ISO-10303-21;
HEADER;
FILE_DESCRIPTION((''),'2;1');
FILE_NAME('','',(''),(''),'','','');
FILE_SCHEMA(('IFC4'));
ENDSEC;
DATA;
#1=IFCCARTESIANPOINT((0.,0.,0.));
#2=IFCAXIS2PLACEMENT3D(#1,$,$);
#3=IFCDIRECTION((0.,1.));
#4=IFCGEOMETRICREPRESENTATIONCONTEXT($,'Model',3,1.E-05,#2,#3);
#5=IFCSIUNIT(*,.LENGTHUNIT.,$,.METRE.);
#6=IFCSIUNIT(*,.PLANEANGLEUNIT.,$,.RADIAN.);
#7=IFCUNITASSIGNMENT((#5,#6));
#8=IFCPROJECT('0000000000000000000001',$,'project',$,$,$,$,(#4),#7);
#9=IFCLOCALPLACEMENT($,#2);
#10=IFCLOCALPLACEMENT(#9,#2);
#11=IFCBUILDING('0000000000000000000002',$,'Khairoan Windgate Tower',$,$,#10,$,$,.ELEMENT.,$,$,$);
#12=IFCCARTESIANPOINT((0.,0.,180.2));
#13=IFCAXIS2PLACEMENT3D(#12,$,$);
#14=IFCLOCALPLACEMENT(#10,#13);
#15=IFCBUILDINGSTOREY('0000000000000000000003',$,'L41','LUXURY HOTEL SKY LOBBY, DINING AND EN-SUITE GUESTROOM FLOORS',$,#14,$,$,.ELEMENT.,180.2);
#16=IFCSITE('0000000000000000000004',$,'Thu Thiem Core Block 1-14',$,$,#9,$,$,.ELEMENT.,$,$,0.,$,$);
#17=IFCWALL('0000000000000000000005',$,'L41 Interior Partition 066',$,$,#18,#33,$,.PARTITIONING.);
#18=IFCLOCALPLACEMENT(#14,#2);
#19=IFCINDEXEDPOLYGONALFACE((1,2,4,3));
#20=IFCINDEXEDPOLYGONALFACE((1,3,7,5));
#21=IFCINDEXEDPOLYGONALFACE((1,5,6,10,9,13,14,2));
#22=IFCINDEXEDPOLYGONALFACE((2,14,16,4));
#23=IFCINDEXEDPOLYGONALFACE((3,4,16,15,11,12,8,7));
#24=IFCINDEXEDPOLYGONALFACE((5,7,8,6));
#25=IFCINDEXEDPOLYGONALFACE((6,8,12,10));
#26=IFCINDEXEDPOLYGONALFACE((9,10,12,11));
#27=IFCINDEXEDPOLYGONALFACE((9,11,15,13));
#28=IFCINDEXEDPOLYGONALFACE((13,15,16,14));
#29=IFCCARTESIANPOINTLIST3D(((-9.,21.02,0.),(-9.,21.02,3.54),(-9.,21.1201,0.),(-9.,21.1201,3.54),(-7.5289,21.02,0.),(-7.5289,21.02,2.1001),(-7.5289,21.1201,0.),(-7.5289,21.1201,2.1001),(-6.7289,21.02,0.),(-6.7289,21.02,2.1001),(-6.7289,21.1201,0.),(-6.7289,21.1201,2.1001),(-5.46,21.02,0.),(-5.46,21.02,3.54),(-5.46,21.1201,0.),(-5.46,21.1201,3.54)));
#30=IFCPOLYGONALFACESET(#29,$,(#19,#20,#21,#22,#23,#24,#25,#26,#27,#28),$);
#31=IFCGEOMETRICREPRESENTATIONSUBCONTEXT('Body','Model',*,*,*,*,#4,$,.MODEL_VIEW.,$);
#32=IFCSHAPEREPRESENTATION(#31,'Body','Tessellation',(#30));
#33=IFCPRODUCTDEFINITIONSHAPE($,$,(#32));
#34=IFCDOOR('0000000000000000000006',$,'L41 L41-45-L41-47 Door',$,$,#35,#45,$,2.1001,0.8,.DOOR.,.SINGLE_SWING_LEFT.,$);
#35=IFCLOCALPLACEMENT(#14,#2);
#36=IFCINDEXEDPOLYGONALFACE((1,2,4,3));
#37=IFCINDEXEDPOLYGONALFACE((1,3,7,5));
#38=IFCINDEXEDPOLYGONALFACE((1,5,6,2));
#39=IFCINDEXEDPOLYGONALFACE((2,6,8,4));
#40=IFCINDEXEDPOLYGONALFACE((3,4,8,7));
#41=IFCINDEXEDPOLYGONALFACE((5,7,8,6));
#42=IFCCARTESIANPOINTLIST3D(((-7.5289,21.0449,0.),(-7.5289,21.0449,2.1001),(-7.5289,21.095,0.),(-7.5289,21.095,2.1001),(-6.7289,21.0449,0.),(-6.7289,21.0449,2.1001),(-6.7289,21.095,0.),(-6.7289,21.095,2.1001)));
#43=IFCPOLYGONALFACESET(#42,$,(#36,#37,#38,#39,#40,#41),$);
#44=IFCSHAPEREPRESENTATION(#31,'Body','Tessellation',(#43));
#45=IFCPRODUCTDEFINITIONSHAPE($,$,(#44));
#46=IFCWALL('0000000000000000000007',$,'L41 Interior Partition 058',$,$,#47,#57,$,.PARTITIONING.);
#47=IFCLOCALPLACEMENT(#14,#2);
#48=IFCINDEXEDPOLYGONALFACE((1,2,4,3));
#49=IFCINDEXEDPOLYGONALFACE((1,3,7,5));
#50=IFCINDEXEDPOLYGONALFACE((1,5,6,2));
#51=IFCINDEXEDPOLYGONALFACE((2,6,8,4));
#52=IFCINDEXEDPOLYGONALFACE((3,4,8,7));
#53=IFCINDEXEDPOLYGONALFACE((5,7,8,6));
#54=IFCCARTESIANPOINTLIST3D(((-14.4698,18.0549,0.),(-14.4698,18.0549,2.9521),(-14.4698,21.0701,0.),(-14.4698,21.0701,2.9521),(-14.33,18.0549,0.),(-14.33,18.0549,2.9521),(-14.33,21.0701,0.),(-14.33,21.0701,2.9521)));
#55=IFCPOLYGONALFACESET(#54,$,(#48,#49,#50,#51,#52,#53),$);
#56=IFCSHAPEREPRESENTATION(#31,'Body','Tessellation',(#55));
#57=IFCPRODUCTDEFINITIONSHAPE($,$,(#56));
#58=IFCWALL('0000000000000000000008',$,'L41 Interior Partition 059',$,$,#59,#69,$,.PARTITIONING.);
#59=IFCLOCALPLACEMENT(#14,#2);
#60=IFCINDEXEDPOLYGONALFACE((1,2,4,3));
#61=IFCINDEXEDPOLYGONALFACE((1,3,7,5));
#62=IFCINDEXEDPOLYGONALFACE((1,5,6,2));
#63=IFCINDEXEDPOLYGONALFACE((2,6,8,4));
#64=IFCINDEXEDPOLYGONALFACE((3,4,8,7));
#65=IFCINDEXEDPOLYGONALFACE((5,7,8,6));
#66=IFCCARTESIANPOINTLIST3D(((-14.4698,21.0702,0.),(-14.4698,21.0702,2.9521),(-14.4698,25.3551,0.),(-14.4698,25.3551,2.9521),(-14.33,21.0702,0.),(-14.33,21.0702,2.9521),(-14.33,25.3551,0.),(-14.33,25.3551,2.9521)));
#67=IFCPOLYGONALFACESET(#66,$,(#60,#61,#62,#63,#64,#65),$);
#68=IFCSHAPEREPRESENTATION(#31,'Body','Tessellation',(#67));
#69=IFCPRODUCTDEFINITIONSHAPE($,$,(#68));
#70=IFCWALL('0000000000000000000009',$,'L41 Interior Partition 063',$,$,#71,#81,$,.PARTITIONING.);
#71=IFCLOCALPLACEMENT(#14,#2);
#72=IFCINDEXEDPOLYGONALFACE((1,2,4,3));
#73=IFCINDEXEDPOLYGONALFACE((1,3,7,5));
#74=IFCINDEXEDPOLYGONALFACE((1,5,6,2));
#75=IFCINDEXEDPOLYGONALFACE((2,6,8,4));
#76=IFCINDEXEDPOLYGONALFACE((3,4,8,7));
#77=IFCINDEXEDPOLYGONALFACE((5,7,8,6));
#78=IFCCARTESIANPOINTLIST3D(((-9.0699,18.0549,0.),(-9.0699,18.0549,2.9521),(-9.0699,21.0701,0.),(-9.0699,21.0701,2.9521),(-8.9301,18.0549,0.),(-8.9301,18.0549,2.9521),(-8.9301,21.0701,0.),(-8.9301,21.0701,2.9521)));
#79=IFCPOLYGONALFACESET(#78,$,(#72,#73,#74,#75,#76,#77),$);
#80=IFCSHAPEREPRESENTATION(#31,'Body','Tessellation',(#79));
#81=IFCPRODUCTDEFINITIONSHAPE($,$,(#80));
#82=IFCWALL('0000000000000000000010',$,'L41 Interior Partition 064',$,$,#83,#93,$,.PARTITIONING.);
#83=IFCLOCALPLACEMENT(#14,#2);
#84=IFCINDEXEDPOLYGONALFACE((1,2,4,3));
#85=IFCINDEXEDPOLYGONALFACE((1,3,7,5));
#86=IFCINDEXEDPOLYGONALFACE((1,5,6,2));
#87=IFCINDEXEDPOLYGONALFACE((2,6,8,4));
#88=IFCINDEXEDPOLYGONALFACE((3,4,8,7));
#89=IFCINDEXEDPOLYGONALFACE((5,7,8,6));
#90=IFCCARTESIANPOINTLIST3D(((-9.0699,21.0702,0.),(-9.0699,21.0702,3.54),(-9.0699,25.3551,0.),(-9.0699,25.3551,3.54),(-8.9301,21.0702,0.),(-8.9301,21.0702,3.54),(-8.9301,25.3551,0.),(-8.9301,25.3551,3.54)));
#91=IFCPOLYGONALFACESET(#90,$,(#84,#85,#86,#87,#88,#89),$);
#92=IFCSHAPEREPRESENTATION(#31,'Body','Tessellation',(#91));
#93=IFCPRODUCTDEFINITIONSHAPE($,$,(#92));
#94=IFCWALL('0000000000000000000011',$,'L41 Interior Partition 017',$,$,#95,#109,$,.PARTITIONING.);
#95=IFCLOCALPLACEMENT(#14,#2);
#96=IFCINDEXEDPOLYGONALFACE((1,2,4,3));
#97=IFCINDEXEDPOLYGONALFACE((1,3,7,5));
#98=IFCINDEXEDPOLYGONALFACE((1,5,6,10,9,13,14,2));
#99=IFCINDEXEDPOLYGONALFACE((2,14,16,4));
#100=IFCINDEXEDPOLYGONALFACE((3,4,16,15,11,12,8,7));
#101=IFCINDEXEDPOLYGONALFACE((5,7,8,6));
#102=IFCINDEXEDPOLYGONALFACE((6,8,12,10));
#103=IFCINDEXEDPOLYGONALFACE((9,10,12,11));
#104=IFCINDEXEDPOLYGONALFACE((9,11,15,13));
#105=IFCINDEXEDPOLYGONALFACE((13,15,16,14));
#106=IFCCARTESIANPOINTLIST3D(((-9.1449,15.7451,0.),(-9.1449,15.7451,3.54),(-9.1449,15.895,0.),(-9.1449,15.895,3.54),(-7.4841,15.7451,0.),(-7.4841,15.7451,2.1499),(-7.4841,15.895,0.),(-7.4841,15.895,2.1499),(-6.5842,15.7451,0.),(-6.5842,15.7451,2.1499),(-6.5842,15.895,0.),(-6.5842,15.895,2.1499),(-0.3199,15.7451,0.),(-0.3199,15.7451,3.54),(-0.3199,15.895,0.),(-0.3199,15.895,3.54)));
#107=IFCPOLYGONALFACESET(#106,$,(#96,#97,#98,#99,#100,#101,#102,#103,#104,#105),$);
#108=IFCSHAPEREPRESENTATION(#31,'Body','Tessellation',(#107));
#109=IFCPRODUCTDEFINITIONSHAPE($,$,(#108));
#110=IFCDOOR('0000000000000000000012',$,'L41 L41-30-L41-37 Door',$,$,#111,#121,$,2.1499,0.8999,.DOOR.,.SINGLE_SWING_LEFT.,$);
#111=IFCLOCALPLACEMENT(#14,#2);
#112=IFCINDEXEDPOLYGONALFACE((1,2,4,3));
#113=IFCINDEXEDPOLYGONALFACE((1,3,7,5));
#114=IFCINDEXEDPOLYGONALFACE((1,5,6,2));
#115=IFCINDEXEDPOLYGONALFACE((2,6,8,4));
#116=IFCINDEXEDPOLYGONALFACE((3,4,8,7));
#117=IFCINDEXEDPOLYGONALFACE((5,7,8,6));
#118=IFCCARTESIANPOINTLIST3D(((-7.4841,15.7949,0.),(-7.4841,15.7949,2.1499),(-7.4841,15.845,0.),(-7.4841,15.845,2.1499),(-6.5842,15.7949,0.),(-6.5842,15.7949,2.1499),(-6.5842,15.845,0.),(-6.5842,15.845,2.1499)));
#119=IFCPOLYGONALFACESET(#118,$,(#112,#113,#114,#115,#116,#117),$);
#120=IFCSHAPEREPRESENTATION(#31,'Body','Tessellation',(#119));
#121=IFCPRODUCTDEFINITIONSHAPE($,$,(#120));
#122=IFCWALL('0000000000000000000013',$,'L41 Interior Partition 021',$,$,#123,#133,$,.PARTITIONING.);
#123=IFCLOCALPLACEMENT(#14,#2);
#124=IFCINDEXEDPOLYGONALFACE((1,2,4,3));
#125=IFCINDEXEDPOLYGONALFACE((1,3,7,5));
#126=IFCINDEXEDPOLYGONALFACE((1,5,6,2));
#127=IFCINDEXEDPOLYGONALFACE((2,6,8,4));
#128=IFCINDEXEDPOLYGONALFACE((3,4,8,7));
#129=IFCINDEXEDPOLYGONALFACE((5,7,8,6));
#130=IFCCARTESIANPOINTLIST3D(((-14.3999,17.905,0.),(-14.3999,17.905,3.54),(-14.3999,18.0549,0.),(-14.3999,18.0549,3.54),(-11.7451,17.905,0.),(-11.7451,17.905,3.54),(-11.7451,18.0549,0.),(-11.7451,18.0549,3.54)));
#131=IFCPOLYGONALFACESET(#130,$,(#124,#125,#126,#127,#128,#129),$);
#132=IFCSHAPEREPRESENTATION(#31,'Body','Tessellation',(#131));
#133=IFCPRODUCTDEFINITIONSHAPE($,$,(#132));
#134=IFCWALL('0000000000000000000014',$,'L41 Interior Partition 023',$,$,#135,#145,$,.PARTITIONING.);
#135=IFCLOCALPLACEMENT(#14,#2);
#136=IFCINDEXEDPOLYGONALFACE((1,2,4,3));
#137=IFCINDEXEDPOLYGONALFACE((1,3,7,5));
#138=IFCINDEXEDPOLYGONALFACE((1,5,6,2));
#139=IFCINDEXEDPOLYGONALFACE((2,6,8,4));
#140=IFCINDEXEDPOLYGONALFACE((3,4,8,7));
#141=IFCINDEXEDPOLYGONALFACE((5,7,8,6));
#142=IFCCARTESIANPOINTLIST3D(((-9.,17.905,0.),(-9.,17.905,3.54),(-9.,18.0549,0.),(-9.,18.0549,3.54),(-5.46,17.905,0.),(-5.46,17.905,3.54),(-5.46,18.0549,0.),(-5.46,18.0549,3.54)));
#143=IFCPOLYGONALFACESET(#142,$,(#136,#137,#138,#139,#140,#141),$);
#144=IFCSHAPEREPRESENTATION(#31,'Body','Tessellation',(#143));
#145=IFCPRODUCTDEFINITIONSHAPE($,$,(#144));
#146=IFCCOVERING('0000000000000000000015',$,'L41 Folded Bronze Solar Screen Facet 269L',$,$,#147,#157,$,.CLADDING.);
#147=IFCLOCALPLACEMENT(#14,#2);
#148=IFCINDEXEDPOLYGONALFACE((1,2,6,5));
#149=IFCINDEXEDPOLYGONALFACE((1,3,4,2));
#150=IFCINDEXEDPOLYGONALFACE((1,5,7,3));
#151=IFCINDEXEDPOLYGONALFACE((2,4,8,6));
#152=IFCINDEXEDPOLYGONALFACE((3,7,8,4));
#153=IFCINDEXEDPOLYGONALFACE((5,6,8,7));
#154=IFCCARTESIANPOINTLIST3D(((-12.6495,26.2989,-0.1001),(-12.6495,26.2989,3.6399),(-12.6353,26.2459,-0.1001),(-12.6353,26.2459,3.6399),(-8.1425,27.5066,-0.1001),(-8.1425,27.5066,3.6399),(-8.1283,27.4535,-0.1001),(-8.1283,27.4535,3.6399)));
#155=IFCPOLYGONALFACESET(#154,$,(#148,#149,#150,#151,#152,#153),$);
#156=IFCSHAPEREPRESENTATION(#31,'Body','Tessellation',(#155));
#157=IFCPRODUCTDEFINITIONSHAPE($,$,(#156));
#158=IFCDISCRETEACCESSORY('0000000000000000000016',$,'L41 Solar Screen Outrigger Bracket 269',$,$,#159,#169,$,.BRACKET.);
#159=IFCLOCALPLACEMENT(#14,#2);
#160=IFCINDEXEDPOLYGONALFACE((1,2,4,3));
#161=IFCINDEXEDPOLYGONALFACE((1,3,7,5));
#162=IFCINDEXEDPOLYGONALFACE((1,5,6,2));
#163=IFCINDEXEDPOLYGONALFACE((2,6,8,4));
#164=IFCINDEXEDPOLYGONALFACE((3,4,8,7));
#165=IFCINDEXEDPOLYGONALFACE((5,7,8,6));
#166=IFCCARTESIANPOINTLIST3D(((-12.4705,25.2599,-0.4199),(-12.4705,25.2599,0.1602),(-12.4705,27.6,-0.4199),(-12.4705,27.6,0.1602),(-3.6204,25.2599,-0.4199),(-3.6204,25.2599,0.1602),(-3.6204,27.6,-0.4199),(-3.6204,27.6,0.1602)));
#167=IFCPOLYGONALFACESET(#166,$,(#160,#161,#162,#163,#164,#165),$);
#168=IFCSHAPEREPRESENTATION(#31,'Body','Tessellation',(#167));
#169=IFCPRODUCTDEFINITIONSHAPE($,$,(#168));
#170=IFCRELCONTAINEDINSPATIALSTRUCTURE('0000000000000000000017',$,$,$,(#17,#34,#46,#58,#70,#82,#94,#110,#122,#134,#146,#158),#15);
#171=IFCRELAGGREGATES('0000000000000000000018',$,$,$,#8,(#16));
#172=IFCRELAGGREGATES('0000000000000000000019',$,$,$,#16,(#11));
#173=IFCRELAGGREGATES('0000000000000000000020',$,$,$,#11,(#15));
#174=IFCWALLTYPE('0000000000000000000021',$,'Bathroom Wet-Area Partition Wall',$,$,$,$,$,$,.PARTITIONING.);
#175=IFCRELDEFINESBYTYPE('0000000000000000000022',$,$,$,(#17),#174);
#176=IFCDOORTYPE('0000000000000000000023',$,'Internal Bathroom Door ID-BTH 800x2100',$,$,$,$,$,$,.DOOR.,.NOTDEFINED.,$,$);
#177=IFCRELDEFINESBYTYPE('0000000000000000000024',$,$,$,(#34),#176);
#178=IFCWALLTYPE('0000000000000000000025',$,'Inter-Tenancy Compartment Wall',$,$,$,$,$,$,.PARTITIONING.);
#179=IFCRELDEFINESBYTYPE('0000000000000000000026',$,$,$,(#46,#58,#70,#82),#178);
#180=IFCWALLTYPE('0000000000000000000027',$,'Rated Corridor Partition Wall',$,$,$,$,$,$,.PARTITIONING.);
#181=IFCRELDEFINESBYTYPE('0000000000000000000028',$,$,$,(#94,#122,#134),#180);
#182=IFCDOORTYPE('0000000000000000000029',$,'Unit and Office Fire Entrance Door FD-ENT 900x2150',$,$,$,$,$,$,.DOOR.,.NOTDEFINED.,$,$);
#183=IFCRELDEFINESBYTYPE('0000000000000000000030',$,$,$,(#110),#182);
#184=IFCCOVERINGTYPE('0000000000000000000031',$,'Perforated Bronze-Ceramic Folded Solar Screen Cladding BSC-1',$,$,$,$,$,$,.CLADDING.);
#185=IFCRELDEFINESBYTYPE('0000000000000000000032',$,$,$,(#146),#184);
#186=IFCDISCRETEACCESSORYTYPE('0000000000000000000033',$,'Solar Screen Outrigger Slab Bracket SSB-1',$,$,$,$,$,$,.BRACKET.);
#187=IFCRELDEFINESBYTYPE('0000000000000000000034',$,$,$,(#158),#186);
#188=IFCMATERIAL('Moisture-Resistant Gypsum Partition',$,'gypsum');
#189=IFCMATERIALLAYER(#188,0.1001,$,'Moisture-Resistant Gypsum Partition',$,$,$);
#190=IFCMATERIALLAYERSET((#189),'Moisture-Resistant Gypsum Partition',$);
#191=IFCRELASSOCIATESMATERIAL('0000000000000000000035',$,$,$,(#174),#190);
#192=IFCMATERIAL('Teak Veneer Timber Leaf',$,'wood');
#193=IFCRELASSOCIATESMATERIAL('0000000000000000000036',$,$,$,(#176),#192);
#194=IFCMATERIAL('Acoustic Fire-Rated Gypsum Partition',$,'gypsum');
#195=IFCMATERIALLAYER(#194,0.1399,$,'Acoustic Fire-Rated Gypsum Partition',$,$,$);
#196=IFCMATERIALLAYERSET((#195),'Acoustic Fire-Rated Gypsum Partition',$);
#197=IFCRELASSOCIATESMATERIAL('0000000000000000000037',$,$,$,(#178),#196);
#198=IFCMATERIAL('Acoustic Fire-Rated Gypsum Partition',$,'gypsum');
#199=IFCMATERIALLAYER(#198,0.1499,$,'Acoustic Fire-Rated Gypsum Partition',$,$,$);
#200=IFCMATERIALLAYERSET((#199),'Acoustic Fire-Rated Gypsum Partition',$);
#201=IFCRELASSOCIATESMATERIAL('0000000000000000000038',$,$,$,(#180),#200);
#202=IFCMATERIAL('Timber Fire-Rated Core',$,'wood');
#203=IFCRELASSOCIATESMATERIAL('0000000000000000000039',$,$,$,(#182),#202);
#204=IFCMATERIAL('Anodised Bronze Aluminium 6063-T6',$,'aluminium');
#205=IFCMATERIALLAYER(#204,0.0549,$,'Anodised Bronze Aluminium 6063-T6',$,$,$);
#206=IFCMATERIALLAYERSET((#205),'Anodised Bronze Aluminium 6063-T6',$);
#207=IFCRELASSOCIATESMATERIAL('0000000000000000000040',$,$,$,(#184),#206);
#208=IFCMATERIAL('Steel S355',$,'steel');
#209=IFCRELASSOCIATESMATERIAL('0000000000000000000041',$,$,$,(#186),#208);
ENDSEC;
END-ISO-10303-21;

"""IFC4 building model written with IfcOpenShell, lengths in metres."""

from ifc_helpers import new_model, si_unit, direction, frame, frame_2d, origin, origin_2d, place, context, subcontext, project, spatial, rectangle, extrude, material, layer, layer_set, type_object, element, fill, save


model = new_model("IFC4")

# Units and contexts
model_context = context("Model", 3, precision=1e-05, world=origin(), true_north=direction((0.0, 1.0)))
body_context = subcontext(model_context, "Body", "Model", "MODEL_VIEW")
ifc_project = project(units=[si_unit("LENGTHUNIT", "METRE"), si_unit("PLANEANGLEUNIT", "RADIAN")], contexts=[model_context])

# Site, building, storey
site_placement = place(None, origin())
site = spatial("IfcSite", under=ifc_project, at=site_placement, Name="Thu Thiem Core Block 1-14", CompositionType="ELEMENT", RefElevation=0.0)
building_placement = place(site_placement, origin())
building = spatial("IfcBuilding", under=site, at=building_placement, Name="Khairoan Windgate Tower", CompositionType="ELEMENT")
storey_placement = place(building_placement, frame((0.0, 0.0, 180.2)))
storey = spatial("IfcBuildingStorey", under=building, at=storey_placement, Name="L41", Description="LUXURY HOTEL SKY LOBBY, DINING AND EN-SUITE GUESTROOM FLOORS", CompositionType="ELEMENT", Elevation=180.2)

# Wall, opening, door
ifc_material_1 = material(Name="Moisture-Resistant Gypsum Partition", Category="gypsum")
ifc_layer_1 = layer(ifc_material_1, 0.1001, Name="Moisture-Resistant Gypsum Partition")
ifc_layer_set_1 = layer_set([ifc_layer_1], Name="Moisture-Resistant Gypsum Partition")
wall_type_1 = type_object("IfcWallType", Name="Bathroom Wet-Area Partition Wall", PredefinedType="PARTITIONING", material=ifc_layer_set_1)
ifc_material_2 = material(Name="Teak Veneer Timber Leaf", Category="wood")
door_type_1 = type_object("IfcDoorType", Name="Internal Bathroom Door ID-BTH 800x2100", OperationType="NOTDEFINED", PredefinedType="DOOR", material=ifc_material_2)
wall_1_placement = place(storey_placement, frame((-9.0, 21.0701, 0.0), z_axis=(0.0, 0.0, 1.0), x_axis=(1.0, 0.0, 0.0)))
wall_1 = element("IfcWall", 1, at=wall_1_placement, inside=storey, type_object=wall_type_1, Name="L41 Interior Partition 066", PredefinedType="PARTITIONING", context=body_context, shape_type="SweptSolid", body=[
    extrude(rectangle(XDim=3.54, YDim=0.1001, at=frame_2d((1.77, 0.0))), origin(), (0.0, 0.0, 1.0), 3.54),
])
opening_1_placement = place(wall_1_placement, frame((1.4712, 0.0, 0.0)))
opening_1 = element("IfcOpeningElement", 2, at=opening_1_placement, cuts=wall_1, PredefinedType="OPENING", context=body_context, shape_type="SweptSolid", body=[
    extrude(rectangle(XDim=0.8, YDim=2.1001, at=frame_2d((0.3999, 1.05))), frame((0.0, 0.0601, 0.0), z_axis=(0.0, -1.0, 0.0), x_axis=(1.0, 0.0, 0.0)), (0.0, 0.0, 1.0), 0.1201),
])
door_1_placement = place(opening_1_placement, origin())
door_1 = element("IfcDoor", 3, at=door_1_placement, inside=storey, type_object=door_type_1, Name="L41 L41-45-L41-47 Door", OperationType="SINGLE_SWING_LEFT", OverallHeight=2.1001, OverallWidth=0.8, PredefinedType="DOOR", context=body_context, shape_type="SweptSolid", body=[
    extrude(rectangle(XDim=0.8, YDim=2.1001, at=frame_2d((0.3999, 1.05))), frame((0.0, 0.0249, 0.0), z_axis=(0.0, -1.0, 0.0), x_axis=(1.0, 0.0, 0.0)), (0.0, 0.0, 1.0), 0.05),
])
fill(opening_1, door_1)

# Walls
ifc_material_3 = material(Name="Acoustic Fire-Rated Gypsum Partition", Category="gypsum")
ifc_layer_2 = layer(ifc_material_3, 0.1399, Name="Acoustic Fire-Rated Gypsum Partition")
ifc_layer_set_2 = layer_set([ifc_layer_2], Name="Acoustic Fire-Rated Gypsum Partition")
wall_type_2 = type_object("IfcWallType", Name="Inter-Tenancy Compartment Wall", PredefinedType="PARTITIONING", material=ifc_layer_set_2)
wall_2_placement = place(storey_placement, frame((-14.3999, 18.0549, 0.0), z_axis=(0.0, 0.0, 1.0), x_axis=(0.0, 1.0, 0.0)))
element("IfcWall", 4, at=wall_2_placement, inside=storey, type_object=wall_type_2, Name="L41 Interior Partition 058", PredefinedType="PARTITIONING", context=body_context, shape_type="SweptSolid", body=[
    extrude(rectangle(XDim=3.0151, YDim=0.1399, at=frame_2d((1.5076, 0.0))), origin(), (0.0, 0.0, 1.0), 2.9521),
])
wall_3_placement = place(storey_placement, frame((-14.3999, 21.0701, 0.0), z_axis=(0.0, 0.0, 1.0), x_axis=(0.0, 1.0, 0.0)))
element("IfcWall", 5, at=wall_3_placement, inside=storey, type_object=wall_type_2, Name="L41 Interior Partition 059", PredefinedType="PARTITIONING", context=body_context, shape_type="SweptSolid", body=[
    extrude(rectangle(XDim=4.2849, YDim=0.1399, at=frame_2d((2.1426, 0.0))), origin(), (0.0, 0.0, 1.0), 2.9521),
])
wall_4_placement = place(storey_placement, frame((-9.0, 18.0549, 0.0), z_axis=(0.0, 0.0, 1.0), x_axis=(0.0, 1.0, 0.0)))
element("IfcWall", 6, at=wall_4_placement, inside=storey, type_object=wall_type_2, Name="L41 Interior Partition 063", PredefinedType="PARTITIONING", context=body_context, shape_type="SweptSolid", body=[
    extrude(rectangle(XDim=3.0151, YDim=0.1399, at=frame_2d((1.5076, 0.0))), origin(), (0.0, 0.0, 1.0), 2.9521),
])
wall_5_placement = place(storey_placement, frame((-9.0, 21.0701, 0.0), z_axis=(0.0, 0.0, 1.0), x_axis=(0.0, 1.0, 0.0)))
element("IfcWall", 7, at=wall_5_placement, inside=storey, type_object=wall_type_2, Name="L41 Interior Partition 064", PredefinedType="PARTITIONING", context=body_context, shape_type="SweptSolid", body=[
    extrude(rectangle(XDim=4.2849, YDim=0.1399, at=frame_2d((2.1426, 0.0))), origin(), (0.0, 0.0, 1.0), 3.54),
])

# Wall, opening, door
ifc_material_4 = material(Name="Acoustic Fire-Rated Gypsum Partition", Category="gypsum")
ifc_layer_3 = layer(ifc_material_4, 0.1499, Name="Acoustic Fire-Rated Gypsum Partition")
ifc_layer_set_3 = layer_set([ifc_layer_3], Name="Acoustic Fire-Rated Gypsum Partition")
wall_type_3 = type_object("IfcWallType", Name="Rated Corridor Partition Wall", PredefinedType="PARTITIONING", material=ifc_layer_set_3)
wall_6_placement = place(storey_placement, frame((-9.145, 15.8201, 0.0), z_axis=(0.0, 0.0, 1.0), x_axis=(1.0, 0.0, 0.0)))
wall_6 = element("IfcWall", 8, at=wall_6_placement, inside=storey, type_object=wall_type_3, Name="L41 Interior Partition 017", PredefinedType="PARTITIONING", context=body_context, shape_type="SweptSolid", body=[
    extrude(rectangle(XDim=8.825, YDim=0.1499, at=frame_2d((4.4126, 0.0))), origin(), (0.0, 0.0, 1.0), 3.54),
])
opening_2_placement = place(wall_6_placement, frame((1.6609, 0.0, 0.0)))
opening_2 = element("IfcOpeningElement", 9, at=opening_2_placement, cuts=wall_6, PredefinedType="OPENING", context=body_context, shape_type="SweptSolid", body=[
    extrude(rectangle(XDim=0.8999, YDim=2.1499, at=frame_2d((0.45, 1.075))), frame((0.0, 0.085, 0.0), z_axis=(0.0, -1.0, 0.0), x_axis=(1.0, 0.0, 0.0)), (0.0, 0.0, 1.0), 0.1699),
])
ifc_material_5 = material(Name="Timber Fire-Rated Core", Category="wood")
door_type_2 = type_object("IfcDoorType", Name="Unit and Office Fire Entrance Door FD-ENT 900x2150", OperationType="NOTDEFINED", PredefinedType="DOOR", material=ifc_material_5)
door_2_placement = place(opening_2_placement, origin())
door_2 = element("IfcDoor", 10, at=door_2_placement, inside=storey, type_object=door_type_2, Name="L41 L41-30-L41-37 Door", OperationType="SINGLE_SWING_LEFT", OverallHeight=2.1499, OverallWidth=0.8999, PredefinedType="DOOR", context=body_context, shape_type="SweptSolid", body=[
    extrude(rectangle(XDim=0.8999, YDim=2.1499, at=frame_2d((0.45, 1.075))), frame((0.0, 0.0249, 0.0), z_axis=(0.0, -1.0, 0.0), x_axis=(1.0, 0.0, 0.0)), (0.0, 0.0, 1.0), 0.05),
])
fill(opening_2, door_2)

# Wall
wall_7_placement = place(storey_placement, frame((-14.3999, 17.98, 0.0), z_axis=(0.0, 0.0, 1.0), x_axis=(1.0, 0.0, 0.0)))
element("IfcWall", 11, at=wall_7_placement, inside=storey, type_object=wall_type_3, Name="L41 Interior Partition 021", PredefinedType="PARTITIONING", context=body_context, shape_type="SweptSolid", body=[
    extrude(rectangle(XDim=2.6548, YDim=0.1499, at=frame_2d((1.3274, 0.0))), origin(), (0.0, 0.0, 1.0), 3.54),
])

# Wall
wall_8_placement = place(storey_placement, frame((-9.0, 17.98, 0.0), z_axis=(0.0, 0.0, 1.0), x_axis=(1.0, 0.0, 0.0)))
element("IfcWall", 12, at=wall_8_placement, inside=storey, type_object=wall_type_3, Name="L41 Interior Partition 023", PredefinedType="PARTITIONING", context=body_context, shape_type="SweptSolid", body=[
    extrude(rectangle(XDim=3.54, YDim=0.1499, at=frame_2d((1.77, 0.0))), origin(), (0.0, 0.0, 1.0), 3.54),
])

# Covering
ifc_material_6 = material(Name="Anodised Bronze Aluminium 6063-T6", Category="aluminium")
ifc_layer_4 = layer(ifc_material_6, 0.0549, Name="Anodised Bronze Aluminium 6063-T6")
ifc_layer_set_4 = layer_set([ifc_layer_4], Name="Anodised Bronze Aluminium 6063-T6")
covering_type = type_object("IfcCoveringType", Name="Perforated Bronze-Ceramic Folded Solar Screen Cladding BSC-1", PredefinedType="CLADDING", material=ifc_layer_set_4)
covering_placement = place(storey_placement, frame((-10.3889, 26.8762, -0.1001), z_axis=(0.0, 0.0, 1.0), x_axis=(0.965926, 0.258819, 0.0)))
element("IfcCovering", 13, at=covering_placement, inside=storey, type_object=covering_type, Name="L41 Folded Bronze Solar Screen Facet 269L", PredefinedType="CLADDING", context=body_context, shape_type="SweptSolid", body=[
    extrude(rectangle(XDim=4.666, YDim=0.0549, at=origin_2d()), origin(), (0.0, 0.0, 1.0), 3.74),
])

# Discrete accessory
ifc_material_7 = material(Name="Steel S355", Category="steel")
discrete_accessory_type = type_object("IfcDiscreteAccessoryType", Name="Solar Screen Outrigger Slab Bracket SSB-1", PredefinedType="BRACKET", material=ifc_material_7)
discrete_accessory_placement = place(storey_placement, frame((-8.0454, 26.4299, -0.4199), z_axis=(0.0, 0.0, 1.0), x_axis=(1.0, 0.0, 0.0)))
element("IfcDiscreteAccessory", 14, at=discrete_accessory_placement, inside=storey, type_object=discrete_accessory_type, Name="L41 Solar Screen Outrigger Bracket 269", PredefinedType="BRACKET", context=body_context, shape_type="SweptSolid", body=[
    extrude(rectangle(XDim=8.8501, YDim=2.3401, at=origin_2d()), origin(), (0.0, 0.0, 1.0), 0.5801),
])

save(model, "model.ifc")
